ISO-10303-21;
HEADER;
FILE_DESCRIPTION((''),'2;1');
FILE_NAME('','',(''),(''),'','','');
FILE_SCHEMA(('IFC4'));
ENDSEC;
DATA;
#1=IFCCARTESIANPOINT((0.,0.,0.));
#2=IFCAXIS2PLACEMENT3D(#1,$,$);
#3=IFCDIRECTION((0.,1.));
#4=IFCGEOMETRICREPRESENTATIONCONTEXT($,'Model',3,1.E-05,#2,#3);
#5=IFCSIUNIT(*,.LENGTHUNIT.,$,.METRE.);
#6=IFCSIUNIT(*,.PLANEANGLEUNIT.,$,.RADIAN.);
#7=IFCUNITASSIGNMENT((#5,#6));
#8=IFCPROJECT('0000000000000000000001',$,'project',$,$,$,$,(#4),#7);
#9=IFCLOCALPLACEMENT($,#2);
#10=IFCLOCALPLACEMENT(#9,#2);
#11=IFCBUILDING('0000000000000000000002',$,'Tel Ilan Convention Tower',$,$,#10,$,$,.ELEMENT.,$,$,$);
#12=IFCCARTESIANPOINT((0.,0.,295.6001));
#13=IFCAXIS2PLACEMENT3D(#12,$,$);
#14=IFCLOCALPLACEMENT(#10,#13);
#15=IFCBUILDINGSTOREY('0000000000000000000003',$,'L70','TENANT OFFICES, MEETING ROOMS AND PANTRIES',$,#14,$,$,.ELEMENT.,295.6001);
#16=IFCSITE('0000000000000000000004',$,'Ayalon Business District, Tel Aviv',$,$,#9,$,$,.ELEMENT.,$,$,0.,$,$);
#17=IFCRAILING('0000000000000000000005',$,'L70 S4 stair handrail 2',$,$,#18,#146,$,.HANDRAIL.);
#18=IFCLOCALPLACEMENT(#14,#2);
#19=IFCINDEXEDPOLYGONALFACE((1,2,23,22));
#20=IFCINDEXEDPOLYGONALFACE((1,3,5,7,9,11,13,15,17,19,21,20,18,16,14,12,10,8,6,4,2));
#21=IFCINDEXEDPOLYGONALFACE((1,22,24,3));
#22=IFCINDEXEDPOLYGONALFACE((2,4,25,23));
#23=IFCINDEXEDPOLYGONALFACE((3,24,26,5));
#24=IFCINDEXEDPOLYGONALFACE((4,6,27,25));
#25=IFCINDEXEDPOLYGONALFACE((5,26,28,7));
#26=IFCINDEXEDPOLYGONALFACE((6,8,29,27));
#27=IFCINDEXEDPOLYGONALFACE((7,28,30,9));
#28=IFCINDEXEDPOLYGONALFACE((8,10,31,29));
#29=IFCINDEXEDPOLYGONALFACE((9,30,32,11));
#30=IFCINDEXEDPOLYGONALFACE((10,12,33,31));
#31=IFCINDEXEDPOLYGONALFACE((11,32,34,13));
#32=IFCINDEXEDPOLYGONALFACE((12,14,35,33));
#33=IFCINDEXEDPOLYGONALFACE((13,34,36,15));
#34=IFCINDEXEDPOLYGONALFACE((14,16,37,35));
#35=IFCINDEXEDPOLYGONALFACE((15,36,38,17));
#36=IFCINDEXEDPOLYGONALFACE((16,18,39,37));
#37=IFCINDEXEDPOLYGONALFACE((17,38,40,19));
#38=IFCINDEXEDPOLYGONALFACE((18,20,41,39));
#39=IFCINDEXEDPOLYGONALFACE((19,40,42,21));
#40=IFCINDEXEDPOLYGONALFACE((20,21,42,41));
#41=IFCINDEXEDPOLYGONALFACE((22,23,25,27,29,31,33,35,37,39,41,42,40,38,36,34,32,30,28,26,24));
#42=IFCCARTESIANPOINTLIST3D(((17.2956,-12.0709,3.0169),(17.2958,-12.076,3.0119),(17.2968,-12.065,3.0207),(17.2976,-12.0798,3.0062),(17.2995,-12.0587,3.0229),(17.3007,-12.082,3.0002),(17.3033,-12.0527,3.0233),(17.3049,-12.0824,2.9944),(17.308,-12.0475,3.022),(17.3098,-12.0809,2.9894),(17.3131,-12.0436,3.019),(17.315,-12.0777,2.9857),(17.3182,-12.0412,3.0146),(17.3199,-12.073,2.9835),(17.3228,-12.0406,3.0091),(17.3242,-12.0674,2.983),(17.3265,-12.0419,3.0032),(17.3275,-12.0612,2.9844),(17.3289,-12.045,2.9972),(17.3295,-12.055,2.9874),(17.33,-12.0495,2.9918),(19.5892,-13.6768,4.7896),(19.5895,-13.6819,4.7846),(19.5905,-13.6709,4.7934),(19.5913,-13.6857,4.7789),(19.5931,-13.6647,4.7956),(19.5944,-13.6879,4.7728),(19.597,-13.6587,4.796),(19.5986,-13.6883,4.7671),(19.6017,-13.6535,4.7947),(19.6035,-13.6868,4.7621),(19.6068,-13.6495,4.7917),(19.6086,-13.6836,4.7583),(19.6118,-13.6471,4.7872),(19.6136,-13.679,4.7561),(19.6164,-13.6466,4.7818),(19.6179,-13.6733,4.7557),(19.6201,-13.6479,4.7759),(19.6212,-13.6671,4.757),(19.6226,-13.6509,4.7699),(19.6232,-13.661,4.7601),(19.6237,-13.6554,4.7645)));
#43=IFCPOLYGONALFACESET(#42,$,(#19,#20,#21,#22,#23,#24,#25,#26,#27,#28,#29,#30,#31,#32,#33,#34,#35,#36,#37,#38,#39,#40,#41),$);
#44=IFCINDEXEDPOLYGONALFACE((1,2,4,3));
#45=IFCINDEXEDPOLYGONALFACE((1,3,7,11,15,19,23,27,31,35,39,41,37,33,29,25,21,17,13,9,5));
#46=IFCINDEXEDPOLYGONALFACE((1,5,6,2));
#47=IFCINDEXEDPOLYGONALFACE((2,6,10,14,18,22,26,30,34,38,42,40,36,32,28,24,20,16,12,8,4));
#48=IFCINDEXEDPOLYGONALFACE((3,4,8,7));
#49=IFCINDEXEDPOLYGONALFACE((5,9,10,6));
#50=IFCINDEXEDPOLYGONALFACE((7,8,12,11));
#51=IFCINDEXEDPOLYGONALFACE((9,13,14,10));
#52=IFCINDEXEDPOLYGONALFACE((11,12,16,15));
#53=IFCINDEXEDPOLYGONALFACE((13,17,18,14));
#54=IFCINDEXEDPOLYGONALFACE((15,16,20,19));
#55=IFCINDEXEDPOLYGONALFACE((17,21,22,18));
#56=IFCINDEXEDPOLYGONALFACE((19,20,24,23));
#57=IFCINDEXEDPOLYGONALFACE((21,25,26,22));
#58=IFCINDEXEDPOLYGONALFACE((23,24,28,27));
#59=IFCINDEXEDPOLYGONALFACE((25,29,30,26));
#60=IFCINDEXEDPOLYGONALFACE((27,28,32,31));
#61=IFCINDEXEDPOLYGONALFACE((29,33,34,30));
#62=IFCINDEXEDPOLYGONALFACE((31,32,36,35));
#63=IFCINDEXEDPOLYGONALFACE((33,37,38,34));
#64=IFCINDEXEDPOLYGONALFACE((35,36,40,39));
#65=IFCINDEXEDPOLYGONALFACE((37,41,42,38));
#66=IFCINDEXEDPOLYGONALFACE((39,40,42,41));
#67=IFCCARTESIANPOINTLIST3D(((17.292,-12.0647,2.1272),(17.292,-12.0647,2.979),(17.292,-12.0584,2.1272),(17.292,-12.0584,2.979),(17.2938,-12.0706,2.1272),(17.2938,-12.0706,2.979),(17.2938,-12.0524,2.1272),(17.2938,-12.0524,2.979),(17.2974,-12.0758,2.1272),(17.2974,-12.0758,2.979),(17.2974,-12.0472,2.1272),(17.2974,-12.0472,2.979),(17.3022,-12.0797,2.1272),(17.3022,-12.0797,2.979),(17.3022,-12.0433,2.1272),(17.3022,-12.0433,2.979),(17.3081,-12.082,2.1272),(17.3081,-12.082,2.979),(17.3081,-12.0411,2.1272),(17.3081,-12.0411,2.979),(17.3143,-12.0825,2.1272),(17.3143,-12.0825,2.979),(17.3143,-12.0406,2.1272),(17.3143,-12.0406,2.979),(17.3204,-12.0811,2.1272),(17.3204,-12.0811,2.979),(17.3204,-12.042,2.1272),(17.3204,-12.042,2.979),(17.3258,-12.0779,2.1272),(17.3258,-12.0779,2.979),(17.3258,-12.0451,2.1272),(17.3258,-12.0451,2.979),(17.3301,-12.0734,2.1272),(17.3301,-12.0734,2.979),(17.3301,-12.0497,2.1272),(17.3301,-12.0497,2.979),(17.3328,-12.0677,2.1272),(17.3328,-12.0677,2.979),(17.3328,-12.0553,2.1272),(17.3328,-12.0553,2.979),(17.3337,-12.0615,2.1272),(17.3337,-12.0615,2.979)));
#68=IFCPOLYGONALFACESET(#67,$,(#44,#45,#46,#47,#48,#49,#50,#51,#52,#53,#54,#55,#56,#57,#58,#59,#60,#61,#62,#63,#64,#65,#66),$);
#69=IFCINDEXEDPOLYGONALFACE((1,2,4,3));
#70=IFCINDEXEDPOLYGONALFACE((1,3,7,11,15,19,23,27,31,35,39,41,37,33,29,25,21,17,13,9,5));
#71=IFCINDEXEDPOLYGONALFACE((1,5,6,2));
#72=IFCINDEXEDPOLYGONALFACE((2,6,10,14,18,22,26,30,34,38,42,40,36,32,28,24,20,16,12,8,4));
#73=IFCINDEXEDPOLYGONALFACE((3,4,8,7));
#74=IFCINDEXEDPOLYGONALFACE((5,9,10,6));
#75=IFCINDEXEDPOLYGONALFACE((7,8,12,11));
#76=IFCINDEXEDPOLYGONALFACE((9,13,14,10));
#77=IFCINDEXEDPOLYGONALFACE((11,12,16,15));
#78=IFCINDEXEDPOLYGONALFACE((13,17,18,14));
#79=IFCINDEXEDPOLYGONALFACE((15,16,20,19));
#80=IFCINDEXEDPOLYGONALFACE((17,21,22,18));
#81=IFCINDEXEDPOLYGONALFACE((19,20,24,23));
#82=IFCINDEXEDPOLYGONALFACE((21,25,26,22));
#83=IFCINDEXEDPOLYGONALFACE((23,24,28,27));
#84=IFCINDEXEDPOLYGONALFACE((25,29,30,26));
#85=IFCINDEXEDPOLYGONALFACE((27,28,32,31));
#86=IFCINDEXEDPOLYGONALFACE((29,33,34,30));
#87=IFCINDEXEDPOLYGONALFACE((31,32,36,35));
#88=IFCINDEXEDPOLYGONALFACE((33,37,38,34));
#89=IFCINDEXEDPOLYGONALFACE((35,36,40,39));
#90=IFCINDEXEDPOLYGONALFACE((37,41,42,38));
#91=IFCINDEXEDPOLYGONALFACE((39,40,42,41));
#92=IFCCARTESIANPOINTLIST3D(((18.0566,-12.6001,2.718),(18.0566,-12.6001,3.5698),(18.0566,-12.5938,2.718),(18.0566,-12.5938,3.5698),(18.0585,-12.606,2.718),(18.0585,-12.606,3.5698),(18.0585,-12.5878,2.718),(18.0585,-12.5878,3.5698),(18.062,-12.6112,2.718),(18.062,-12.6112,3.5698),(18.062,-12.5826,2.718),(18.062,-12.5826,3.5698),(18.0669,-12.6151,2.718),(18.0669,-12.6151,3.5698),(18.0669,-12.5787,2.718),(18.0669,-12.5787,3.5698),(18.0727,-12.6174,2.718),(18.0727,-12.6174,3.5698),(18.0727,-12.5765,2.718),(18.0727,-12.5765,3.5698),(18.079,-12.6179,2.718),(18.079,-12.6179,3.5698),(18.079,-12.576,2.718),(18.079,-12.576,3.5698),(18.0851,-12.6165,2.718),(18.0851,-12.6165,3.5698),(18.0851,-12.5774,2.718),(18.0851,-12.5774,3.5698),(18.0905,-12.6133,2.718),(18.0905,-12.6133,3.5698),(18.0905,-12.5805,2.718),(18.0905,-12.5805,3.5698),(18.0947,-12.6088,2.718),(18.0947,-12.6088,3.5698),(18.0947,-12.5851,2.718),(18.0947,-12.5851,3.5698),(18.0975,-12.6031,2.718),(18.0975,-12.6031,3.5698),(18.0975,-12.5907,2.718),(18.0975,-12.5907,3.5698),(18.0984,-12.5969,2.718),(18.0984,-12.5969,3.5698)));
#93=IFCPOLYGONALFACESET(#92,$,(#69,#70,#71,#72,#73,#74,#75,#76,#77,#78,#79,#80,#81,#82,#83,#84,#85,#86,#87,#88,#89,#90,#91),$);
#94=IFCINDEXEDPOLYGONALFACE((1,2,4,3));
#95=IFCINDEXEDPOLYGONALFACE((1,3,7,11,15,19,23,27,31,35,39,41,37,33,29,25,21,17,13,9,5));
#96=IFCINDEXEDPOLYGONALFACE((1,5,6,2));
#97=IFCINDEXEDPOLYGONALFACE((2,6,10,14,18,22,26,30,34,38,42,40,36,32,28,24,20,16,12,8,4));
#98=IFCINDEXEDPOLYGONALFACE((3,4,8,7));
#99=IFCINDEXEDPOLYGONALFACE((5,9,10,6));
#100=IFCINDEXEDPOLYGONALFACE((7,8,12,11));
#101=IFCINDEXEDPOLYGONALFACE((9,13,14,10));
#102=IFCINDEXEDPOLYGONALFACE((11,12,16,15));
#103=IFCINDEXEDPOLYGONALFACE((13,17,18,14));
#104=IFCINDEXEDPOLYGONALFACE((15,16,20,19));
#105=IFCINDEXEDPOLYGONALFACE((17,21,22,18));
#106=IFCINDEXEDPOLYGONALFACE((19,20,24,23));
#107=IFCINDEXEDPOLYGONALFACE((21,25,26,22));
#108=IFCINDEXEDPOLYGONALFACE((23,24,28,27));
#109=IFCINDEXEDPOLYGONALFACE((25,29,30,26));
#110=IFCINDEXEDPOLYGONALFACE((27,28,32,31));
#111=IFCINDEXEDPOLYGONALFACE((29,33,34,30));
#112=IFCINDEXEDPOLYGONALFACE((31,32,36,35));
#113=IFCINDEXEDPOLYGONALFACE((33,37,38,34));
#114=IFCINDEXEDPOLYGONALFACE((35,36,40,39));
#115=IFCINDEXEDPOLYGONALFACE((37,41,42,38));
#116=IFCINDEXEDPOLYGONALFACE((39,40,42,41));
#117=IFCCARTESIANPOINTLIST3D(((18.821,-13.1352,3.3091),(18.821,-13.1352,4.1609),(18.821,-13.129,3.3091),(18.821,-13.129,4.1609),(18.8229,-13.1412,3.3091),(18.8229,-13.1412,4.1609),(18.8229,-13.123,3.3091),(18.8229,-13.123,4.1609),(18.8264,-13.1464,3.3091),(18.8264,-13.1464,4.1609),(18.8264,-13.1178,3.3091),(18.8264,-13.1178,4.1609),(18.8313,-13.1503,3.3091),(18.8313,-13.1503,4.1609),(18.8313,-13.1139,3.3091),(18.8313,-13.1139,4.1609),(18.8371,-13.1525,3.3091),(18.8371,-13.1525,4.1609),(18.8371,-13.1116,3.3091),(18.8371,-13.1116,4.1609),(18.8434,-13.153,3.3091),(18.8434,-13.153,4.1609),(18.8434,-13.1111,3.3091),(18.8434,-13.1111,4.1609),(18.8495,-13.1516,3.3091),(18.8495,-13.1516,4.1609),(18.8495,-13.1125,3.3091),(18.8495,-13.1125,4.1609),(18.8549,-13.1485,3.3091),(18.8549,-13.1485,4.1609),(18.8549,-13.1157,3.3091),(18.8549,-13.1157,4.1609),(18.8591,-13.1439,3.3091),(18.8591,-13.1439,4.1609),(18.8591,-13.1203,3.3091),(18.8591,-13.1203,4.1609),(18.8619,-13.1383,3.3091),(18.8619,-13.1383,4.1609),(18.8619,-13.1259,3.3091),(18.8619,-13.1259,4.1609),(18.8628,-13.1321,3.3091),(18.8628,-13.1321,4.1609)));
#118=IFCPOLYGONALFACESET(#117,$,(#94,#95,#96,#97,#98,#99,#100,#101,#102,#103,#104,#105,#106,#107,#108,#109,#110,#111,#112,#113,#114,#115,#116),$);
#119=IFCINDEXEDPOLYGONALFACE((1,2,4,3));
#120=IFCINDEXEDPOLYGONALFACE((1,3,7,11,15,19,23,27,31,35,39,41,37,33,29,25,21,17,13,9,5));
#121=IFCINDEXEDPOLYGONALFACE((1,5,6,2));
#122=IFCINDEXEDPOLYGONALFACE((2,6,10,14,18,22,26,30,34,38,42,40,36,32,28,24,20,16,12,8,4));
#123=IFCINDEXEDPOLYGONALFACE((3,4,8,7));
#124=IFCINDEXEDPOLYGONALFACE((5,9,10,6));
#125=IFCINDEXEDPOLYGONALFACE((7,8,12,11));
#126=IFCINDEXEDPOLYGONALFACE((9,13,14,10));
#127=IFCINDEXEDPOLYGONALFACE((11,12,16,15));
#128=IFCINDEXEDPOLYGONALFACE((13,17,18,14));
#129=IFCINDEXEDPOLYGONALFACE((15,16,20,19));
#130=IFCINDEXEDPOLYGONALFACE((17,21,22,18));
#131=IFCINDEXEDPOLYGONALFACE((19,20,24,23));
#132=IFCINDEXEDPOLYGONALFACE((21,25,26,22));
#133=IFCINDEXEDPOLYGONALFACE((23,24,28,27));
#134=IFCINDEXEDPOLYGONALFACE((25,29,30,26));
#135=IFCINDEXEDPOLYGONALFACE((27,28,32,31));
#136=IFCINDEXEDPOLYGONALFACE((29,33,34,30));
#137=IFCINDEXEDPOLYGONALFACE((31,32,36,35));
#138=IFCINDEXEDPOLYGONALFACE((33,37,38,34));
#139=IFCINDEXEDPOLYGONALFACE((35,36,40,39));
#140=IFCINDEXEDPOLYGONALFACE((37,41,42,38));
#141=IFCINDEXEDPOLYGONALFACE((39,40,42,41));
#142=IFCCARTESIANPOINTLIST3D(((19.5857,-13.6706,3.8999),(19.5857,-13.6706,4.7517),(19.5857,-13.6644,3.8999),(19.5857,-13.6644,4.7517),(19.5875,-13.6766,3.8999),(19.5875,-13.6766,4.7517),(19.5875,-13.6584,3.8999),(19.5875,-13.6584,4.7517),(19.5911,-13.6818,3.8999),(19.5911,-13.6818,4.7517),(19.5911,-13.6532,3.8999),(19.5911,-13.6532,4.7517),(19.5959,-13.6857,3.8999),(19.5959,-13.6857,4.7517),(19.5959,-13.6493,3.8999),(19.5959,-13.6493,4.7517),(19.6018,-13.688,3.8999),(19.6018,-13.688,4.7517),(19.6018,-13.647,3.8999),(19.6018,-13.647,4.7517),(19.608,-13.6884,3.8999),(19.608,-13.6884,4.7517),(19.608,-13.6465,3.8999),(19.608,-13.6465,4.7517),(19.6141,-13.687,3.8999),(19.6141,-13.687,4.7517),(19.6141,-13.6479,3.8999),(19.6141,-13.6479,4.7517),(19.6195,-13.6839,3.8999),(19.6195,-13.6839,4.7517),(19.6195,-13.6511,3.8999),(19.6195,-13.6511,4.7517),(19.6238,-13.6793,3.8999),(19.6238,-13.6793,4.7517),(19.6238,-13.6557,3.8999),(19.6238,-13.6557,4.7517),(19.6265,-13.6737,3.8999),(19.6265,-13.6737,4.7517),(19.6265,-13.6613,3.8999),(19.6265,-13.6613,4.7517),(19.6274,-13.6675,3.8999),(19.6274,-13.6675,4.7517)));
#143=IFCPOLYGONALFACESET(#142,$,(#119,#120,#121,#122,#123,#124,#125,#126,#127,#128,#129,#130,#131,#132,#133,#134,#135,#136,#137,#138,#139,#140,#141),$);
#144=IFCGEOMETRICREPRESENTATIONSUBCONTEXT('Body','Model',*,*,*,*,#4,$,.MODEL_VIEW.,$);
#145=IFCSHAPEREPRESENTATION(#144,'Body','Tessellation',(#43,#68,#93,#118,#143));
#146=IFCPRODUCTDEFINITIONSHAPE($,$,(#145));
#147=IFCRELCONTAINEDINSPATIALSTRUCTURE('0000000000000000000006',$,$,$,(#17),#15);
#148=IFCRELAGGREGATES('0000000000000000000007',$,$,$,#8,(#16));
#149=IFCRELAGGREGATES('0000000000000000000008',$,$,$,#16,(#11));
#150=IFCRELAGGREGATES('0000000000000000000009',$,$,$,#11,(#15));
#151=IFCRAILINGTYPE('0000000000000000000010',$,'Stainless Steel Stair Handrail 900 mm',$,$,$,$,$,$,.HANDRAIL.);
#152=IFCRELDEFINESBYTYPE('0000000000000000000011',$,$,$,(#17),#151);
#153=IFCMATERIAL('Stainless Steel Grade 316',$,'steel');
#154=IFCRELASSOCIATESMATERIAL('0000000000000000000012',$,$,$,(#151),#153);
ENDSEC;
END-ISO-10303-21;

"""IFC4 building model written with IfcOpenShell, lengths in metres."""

from ifc_helpers import new_model, si_unit, direction, frame, origin, origin_2d, place, context, subcontext, project, spatial, circle, extrude, material, type_object, element, save


model = new_model("IFC4")

# Units and contexts
model_context = context("Model", 3, precision=1e-05, world=origin(), true_north=direction((0.0, 1.0)))
body_context = subcontext(model_context, "Body", "Model", "MODEL_VIEW")
ifc_project = project(units=[si_unit("LENGTHUNIT", "METRE"), si_unit("PLANEANGLEUNIT", "RADIAN")], contexts=[model_context])

# Site, building, storey
site_placement = place(None, origin())
site = spatial("IfcSite", under=ifc_project, at=site_placement, Name="Ayalon Business District, Tel Aviv", CompositionType="ELEMENT", RefElevation=0.0)
building_placement = place(site_placement, origin())
building = spatial("IfcBuilding", under=site, at=building_placement, Name="Tel Ilan Convention Tower", CompositionType="ELEMENT")
storey_placement = place(building_placement, frame((0.0, 0.0, 295.6001)))
storey = spatial("IfcBuildingStorey", under=building, at=storey_placement, Name="L70", Description="TENANT OFFICES, MEETING ROOMS AND PANTRIES", CompositionType="ELEMENT", Elevation=295.6001)

# Railing
ifc_material_1 = material(Name="Stainless Steel Grade 316", Category="steel")
railing_type = type_object("IfcRailingType", Name="Stainless Steel Stair Handrail 900 mm", PredefinedType="HANDRAIL", material=ifc_material_1)
railing_placement = place(storey_placement, frame((17.3127, -12.0615, 2.1272)))
element("IfcRailing", 1, at=railing_placement, inside=storey, type_object=railing_type, Name="L70 S4 stair handrail 2", PredefinedType="HANDRAIL", context=body_context, shape_type="SweptSolid", body=[
    extrude(circle(Radius=0.0239, at=origin_2d()), frame((0.0, 0.0, 0.876), z_axis=(0.692123, -0.484597, 0.534913), x_axis=(0.57355, 0.81917, 0.0)), (0.0, 0.0, 1.0), 3.314),
    extrude(circle(Radius=0.021, at=origin_2d()), origin(), (0.0, 0.0, 1.0), 0.8518),
    extrude(circle(Radius=0.021, at=origin_2d()), frame((0.7646, -0.5354, 0.5908)), (0.0, 0.0, 1.0), 0.8518),
    extrude(circle(Radius=0.021, at=origin_2d()), frame((1.5291, -1.0706, 1.1819)), (0.0, 0.0, 1.0), 0.8518),
    extrude(circle(Radius=0.021, at=origin_2d()), frame((2.2937, -1.606, 1.7727)), (0.0, 0.0, 1.0), 0.8518),
])

save(model, "model.ifc")
